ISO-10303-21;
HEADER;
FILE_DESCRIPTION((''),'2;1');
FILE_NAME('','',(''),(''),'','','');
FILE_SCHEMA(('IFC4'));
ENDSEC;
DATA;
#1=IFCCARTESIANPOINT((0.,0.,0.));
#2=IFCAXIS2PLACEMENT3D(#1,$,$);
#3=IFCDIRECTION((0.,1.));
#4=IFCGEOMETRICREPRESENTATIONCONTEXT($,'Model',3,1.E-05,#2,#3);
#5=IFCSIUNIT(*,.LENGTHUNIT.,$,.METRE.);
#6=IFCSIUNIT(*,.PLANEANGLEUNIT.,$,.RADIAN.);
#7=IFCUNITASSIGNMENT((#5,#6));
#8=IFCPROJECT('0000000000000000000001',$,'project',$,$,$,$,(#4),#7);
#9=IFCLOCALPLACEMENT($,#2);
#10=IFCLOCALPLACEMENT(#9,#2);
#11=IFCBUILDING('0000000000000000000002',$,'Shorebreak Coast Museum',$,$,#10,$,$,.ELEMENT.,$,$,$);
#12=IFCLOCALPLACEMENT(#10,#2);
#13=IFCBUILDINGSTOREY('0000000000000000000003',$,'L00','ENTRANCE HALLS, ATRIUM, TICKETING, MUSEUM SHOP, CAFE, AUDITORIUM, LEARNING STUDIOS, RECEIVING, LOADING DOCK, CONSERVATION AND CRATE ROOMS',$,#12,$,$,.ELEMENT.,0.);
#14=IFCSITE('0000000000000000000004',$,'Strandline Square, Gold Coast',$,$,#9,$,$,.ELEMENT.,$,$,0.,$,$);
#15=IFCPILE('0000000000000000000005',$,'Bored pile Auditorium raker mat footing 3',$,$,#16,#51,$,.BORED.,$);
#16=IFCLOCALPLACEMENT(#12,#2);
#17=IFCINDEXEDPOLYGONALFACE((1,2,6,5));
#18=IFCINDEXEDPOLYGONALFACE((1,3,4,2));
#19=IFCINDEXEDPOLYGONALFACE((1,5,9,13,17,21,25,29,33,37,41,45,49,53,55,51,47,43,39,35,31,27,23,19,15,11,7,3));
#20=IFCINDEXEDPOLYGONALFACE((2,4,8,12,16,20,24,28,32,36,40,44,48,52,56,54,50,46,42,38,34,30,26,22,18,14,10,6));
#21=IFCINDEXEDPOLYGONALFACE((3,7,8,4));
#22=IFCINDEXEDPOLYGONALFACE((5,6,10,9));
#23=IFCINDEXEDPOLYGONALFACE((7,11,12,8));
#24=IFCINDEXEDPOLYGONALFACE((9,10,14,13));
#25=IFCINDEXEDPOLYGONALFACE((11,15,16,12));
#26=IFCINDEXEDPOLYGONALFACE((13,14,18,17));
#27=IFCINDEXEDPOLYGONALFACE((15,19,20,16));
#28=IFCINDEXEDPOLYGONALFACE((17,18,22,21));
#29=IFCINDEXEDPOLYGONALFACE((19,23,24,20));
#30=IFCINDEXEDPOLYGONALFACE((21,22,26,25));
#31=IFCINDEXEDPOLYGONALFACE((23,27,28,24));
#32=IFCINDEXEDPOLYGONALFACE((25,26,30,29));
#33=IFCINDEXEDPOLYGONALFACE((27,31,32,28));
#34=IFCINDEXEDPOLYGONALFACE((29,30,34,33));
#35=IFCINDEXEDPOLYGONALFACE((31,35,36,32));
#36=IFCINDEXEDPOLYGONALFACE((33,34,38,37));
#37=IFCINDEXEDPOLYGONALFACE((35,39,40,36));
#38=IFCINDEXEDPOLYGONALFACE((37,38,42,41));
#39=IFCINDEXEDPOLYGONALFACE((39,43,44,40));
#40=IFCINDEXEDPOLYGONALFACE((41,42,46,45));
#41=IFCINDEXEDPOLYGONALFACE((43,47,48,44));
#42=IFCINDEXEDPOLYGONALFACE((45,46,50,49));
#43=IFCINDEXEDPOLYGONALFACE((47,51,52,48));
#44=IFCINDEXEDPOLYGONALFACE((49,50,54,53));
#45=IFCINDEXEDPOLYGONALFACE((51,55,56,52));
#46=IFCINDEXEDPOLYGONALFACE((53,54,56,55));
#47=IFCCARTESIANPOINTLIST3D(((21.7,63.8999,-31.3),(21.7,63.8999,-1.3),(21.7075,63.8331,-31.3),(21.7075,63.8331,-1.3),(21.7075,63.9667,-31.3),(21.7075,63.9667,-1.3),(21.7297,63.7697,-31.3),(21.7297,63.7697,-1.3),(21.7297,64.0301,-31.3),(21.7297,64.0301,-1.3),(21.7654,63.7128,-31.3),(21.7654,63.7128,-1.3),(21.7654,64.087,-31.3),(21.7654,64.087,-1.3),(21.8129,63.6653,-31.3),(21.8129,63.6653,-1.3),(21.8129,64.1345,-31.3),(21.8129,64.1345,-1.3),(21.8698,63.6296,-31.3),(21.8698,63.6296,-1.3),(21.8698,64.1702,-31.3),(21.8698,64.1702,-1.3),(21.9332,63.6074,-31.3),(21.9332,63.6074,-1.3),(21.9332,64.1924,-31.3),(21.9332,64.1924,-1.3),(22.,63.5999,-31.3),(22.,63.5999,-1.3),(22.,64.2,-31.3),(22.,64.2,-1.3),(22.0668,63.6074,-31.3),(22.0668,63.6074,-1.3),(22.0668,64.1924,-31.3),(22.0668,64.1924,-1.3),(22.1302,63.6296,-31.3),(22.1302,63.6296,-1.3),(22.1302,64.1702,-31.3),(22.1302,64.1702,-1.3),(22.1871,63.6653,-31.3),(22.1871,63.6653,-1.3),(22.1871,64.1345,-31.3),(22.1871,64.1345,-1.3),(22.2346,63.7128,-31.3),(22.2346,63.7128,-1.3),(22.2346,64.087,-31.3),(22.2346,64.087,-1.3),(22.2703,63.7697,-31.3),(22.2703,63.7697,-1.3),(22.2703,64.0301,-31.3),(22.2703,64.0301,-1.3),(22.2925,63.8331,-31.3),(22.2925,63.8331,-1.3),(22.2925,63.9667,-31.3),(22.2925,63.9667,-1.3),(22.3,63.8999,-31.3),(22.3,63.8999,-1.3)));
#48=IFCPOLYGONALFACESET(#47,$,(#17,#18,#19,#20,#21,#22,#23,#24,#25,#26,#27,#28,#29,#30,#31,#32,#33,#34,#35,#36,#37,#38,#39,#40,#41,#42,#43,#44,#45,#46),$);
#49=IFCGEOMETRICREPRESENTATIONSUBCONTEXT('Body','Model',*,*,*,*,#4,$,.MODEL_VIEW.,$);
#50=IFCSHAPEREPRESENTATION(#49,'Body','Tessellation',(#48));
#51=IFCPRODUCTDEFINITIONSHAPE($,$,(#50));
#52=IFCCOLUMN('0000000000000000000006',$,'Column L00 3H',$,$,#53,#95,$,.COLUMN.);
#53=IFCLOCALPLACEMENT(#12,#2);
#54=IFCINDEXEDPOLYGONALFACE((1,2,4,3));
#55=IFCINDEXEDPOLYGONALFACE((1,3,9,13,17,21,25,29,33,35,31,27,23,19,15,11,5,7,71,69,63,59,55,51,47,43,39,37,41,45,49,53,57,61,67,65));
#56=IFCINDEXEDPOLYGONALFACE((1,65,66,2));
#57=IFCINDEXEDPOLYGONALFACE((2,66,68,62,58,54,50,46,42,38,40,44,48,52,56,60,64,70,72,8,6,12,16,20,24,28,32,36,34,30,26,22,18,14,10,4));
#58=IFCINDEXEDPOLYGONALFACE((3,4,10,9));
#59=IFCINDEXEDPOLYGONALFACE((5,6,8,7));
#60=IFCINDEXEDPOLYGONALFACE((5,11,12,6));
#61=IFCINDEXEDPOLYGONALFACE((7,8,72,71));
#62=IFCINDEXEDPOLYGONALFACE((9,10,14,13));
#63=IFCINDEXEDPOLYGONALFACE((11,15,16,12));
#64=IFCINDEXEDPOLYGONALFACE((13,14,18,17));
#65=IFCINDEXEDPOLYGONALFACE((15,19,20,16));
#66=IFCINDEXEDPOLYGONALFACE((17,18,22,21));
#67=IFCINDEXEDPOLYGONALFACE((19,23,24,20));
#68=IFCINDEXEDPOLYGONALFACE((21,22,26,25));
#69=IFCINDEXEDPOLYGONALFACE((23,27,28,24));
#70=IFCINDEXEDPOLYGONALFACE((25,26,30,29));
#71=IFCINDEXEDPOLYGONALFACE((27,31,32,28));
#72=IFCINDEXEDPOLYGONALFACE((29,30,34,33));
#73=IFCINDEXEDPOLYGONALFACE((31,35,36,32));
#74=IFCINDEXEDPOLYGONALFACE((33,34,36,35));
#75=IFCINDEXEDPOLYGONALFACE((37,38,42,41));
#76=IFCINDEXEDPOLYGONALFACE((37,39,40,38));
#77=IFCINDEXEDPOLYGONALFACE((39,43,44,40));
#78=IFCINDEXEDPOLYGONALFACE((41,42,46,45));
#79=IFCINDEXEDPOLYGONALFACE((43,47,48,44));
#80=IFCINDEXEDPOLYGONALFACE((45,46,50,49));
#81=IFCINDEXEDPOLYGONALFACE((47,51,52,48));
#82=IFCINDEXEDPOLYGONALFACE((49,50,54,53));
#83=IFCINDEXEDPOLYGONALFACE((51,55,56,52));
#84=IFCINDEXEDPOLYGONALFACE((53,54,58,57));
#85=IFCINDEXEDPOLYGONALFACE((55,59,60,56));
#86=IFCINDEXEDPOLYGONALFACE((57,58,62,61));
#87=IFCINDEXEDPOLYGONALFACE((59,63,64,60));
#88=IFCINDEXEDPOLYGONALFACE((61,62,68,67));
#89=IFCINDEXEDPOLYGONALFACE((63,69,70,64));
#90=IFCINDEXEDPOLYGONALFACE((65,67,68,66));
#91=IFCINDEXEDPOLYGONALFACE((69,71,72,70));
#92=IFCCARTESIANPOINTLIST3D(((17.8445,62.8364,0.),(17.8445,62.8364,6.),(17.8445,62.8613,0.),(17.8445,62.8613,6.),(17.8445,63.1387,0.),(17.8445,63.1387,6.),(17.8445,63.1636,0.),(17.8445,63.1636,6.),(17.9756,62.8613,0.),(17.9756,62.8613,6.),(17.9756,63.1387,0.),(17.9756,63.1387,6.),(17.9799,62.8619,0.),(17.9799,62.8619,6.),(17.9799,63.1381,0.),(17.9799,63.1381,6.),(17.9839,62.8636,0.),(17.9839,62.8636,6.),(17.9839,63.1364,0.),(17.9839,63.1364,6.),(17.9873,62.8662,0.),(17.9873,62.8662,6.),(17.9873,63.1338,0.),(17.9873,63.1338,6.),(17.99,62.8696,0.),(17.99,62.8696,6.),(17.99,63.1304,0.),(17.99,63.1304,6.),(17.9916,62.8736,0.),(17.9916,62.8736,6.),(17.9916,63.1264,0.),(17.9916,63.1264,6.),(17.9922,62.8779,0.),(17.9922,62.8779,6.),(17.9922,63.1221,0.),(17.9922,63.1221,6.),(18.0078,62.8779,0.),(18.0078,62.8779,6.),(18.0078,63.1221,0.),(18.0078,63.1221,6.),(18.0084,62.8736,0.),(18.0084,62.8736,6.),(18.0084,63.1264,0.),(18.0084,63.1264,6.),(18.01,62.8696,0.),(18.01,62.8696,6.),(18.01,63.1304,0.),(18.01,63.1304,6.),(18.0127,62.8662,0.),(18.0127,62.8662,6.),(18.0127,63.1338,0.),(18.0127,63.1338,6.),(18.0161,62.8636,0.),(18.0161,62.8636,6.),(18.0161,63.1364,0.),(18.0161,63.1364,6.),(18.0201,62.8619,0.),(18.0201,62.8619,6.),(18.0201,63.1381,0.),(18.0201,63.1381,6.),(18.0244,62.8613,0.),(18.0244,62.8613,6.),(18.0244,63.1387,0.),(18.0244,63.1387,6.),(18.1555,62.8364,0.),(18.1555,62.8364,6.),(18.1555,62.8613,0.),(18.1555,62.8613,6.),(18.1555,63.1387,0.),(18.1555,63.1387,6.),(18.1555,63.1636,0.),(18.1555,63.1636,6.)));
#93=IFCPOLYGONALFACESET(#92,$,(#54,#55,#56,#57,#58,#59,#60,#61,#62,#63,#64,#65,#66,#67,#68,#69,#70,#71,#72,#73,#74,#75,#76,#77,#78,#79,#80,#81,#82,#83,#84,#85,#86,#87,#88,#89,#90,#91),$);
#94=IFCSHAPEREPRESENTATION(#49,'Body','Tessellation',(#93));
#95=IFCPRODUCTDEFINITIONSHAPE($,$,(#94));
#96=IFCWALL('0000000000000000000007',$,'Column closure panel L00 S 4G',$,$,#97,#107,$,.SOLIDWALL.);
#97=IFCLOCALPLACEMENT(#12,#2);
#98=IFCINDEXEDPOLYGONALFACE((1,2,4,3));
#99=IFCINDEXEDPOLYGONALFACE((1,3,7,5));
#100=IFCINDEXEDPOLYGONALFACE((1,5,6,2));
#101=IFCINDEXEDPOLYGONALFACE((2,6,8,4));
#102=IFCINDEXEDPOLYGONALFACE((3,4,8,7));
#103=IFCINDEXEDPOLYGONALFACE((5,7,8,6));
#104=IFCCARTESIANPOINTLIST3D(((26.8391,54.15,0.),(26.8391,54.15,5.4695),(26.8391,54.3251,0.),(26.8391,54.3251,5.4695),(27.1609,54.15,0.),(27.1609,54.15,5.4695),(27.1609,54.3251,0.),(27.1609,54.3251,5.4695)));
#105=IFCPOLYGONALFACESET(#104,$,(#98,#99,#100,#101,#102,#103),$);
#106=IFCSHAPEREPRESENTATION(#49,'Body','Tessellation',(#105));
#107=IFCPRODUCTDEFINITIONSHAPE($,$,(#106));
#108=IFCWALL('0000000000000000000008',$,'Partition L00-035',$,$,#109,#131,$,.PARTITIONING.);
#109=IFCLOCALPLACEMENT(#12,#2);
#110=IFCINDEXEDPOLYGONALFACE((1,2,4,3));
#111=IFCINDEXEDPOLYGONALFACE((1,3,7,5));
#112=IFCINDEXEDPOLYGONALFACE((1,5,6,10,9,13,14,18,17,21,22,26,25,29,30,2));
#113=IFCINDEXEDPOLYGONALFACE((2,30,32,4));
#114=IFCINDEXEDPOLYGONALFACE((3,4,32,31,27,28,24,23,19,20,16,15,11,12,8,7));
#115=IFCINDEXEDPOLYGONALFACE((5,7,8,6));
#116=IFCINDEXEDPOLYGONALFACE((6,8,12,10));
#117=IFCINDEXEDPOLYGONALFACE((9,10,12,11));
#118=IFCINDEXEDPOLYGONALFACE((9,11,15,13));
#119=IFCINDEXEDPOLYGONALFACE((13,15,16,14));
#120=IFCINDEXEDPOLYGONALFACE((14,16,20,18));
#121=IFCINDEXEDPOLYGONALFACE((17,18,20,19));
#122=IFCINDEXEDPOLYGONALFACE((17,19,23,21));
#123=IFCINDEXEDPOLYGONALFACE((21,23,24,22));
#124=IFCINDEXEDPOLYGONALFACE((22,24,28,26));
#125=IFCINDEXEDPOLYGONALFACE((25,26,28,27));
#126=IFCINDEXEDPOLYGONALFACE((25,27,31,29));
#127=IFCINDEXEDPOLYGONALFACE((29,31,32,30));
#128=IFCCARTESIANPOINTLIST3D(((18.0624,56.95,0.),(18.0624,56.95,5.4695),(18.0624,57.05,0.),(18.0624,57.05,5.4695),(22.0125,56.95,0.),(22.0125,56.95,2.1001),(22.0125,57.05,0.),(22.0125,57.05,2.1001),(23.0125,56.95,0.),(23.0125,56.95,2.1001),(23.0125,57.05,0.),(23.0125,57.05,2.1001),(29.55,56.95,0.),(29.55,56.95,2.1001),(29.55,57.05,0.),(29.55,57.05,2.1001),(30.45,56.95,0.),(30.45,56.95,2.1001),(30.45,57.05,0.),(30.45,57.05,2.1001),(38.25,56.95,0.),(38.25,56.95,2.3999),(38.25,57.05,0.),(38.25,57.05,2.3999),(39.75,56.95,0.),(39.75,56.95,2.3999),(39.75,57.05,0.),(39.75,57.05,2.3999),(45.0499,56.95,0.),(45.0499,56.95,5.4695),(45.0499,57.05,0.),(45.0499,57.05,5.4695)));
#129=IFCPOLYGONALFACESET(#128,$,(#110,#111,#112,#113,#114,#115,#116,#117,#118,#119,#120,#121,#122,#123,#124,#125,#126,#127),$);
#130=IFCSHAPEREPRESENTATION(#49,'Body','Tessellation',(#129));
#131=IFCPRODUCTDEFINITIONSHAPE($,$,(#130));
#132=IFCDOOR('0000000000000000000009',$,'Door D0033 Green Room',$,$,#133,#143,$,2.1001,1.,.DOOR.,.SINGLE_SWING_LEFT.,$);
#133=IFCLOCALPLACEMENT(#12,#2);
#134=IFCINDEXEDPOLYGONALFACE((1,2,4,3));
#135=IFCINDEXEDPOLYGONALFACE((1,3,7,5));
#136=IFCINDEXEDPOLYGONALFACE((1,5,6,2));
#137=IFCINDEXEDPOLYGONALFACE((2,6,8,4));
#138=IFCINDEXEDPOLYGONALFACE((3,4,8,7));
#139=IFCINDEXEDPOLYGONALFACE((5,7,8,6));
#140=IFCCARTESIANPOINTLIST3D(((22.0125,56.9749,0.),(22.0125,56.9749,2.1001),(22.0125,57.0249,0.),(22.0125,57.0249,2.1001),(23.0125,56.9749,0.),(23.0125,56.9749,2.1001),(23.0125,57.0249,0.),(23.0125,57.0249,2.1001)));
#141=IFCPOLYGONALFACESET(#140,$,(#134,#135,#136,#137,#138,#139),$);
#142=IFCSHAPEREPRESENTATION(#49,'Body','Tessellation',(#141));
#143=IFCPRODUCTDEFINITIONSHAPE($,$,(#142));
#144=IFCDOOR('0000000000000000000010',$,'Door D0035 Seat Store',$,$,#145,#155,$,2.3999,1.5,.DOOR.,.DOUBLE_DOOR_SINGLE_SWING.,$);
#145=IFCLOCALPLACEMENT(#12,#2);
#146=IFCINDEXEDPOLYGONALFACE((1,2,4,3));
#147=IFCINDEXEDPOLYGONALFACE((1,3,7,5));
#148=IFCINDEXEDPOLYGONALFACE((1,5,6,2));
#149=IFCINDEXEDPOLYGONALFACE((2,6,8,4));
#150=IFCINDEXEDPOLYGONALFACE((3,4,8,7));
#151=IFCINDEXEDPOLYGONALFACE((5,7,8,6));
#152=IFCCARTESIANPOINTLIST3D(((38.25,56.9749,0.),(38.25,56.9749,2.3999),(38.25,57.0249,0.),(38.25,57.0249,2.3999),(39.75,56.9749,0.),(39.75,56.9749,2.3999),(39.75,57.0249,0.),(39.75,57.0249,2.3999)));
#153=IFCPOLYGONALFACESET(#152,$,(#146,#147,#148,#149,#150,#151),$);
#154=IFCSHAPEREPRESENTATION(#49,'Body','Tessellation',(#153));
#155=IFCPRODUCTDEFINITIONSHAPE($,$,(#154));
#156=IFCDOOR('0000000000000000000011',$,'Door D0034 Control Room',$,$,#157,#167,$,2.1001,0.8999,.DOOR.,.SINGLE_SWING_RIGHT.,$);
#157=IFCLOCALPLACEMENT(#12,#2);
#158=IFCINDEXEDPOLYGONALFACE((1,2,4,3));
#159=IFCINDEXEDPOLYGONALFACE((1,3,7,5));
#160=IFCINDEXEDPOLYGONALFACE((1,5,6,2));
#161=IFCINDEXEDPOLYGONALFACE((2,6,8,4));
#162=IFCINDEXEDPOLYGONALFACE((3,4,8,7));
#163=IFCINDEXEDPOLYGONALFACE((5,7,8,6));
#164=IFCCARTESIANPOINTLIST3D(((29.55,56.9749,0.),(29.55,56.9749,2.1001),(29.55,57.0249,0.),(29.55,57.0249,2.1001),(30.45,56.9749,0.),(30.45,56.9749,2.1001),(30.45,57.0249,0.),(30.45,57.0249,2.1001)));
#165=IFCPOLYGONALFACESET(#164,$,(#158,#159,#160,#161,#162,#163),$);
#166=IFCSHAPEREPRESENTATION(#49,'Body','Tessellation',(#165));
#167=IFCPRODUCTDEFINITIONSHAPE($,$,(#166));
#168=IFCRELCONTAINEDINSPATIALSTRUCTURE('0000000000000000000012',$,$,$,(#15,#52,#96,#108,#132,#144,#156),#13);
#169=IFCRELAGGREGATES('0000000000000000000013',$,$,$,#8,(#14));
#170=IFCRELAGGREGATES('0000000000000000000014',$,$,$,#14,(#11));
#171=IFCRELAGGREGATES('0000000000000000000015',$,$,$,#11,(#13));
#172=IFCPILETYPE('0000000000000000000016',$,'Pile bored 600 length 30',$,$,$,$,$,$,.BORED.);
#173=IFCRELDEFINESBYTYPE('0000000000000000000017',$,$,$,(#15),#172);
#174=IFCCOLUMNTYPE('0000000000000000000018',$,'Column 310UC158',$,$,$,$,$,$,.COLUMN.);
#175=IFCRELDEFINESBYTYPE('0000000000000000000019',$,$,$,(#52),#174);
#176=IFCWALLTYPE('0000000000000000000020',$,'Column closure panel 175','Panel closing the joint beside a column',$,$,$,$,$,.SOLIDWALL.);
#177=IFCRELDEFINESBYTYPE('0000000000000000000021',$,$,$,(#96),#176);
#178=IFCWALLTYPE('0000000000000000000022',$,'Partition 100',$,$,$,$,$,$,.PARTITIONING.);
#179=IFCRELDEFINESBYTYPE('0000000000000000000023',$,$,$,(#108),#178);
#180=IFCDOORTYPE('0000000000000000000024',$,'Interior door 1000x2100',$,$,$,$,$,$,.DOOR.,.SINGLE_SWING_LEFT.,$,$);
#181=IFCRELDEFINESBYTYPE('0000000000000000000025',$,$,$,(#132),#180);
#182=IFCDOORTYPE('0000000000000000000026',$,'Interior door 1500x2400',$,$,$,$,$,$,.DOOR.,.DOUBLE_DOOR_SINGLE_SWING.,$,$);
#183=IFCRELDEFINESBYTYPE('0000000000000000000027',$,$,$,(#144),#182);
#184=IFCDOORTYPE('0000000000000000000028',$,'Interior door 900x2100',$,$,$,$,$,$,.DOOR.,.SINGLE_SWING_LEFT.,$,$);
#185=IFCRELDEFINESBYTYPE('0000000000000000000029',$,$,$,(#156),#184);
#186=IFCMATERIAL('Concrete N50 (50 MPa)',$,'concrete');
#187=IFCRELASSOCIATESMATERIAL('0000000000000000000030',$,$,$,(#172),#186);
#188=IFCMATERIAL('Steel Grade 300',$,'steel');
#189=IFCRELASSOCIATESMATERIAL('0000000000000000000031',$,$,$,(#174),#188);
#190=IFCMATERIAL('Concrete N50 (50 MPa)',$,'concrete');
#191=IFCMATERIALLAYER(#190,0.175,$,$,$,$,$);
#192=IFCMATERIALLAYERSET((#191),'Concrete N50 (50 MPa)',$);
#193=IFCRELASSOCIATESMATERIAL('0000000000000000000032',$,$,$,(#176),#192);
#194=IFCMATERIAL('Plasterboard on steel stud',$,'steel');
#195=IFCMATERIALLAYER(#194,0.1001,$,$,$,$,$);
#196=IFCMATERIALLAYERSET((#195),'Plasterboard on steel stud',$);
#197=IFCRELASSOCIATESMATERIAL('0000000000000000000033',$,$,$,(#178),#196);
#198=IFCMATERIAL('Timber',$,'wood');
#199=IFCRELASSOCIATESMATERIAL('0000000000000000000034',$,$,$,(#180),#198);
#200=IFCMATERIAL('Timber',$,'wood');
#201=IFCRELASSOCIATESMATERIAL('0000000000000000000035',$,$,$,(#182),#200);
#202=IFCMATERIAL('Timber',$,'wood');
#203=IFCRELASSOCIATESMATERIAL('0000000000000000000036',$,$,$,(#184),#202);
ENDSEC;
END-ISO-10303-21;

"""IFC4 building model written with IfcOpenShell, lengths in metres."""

from ifc_helpers import new_model, si_unit, direction, frame, frame_2d, origin, origin_2d, place, context, subcontext, project, spatial, rectangle, circle, i_section, extrude, material, layer, layer_set, material_profile, profile_set, type_object, element, fill, save


model = new_model("IFC4")

# Units and contexts
model_context = context("Model", 3, precision=1e-05, world=origin(), true_north=direction((0.0, 1.0)))
body_context = subcontext(model_context, "Body", "Model", "MODEL_VIEW")
ifc_project = project(units=[si_unit("LENGTHUNIT", "METRE"), si_unit("PLANEANGLEUNIT", "RADIAN")], contexts=[model_context])

# Site, building, storey
site_placement = place(None, origin())
site = spatial("IfcSite", under=ifc_project, at=site_placement, Name="Strandline Square, Gold Coast", CompositionType="ELEMENT", RefElevation=0.0)
building_placement = place(site_placement, origin())
building = spatial("IfcBuilding", under=site, at=building_placement, Name="Shorebreak Coast Museum", CompositionType="ELEMENT")
storey_placement = place(building_placement, origin())
storey = spatial("IfcBuildingStorey", under=building, at=storey_placement, Name="L00", Description="ENTRANCE HALLS, ATRIUM, TICKETING, MUSEUM SHOP, CAFE, AUDITORIUM, LEARNING STUDIOS, RECEIVING, LOADING DOCK, CONSERVATION AND CRATE ROOMS", CompositionType="ELEMENT", Elevation=0.0)

# Pile
ifc_material_1 = material(Name="Concrete N50 (50 MPa)", Category="concrete")
ifc_material_profile_1 = material_profile(ifc_material_1, circle(Radius=0.3, at=origin_2d()), Name="Pile bored 600 length 30")
ifc_profile_set_1 = profile_set([ifc_material_profile_1], Name="Concrete N50 (50 MPa)")
pile_type_1 = type_object("IfcPileType", Name="Pile bored 600 length 30", PredefinedType="BORED", material=ifc_profile_set_1)
pile_placement = place(storey_placement, frame((22.0, 63.8999, -1.3), z_axis=(0.0, 0.0, -1.0), x_axis=(1.0, 0.0, 0.0)))
element("IfcPile", 1, at=pile_placement, inside=storey, type_object=pile_type_1, Name="Bored pile Auditorium raker mat footing 3", PredefinedType="BORED", context=body_context, shape_type="SweptSolid", body=[
    extrude(circle(Radius=0.3, at=origin_2d()), origin(), (0.0, 0.0, 1.0), 30.0),
])

# Column
ifc_material_2 = material(Name="Steel Grade 300", Category="steel")
ifc_material_profile_2 = material_profile(ifc_material_2, i_section(OverallWidth=0.311, OverallDepth=0.3271, WebThickness=0.0156, FlangeThickness=0.0249, FilletRadius=0.0166, at=origin_2d()), Name="310UC158")
ifc_profile_set_2 = profile_set([ifc_material_profile_2], Name="Steel Grade 300")
column_type = type_object("IfcColumnType", Name="Column 310UC158", PredefinedType="COLUMN", material=ifc_profile_set_2)
column_placement = place(storey_placement, frame((18.0, 63.0, 0.0), z_axis=(0.0, 0.0, 1.0), x_axis=(1.0, 0.0, 0.0)))
element("IfcColumn", 2, at=column_placement, inside=storey, type_object=column_type, Name="Column L00 3H", PredefinedType="COLUMN", context=body_context, shape_type="SweptSolid", body=[
    extrude(i_section(OverallWidth=0.311, OverallDepth=0.3271, WebThickness=0.0156, FlangeThickness=0.0249, FilletRadius=0.0166, at=origin_2d()), origin(), (0.0, 0.0, 1.0), 6.0),
])

# Wall
ifc_material_3 = material(Name="Concrete N50 (50 MPa)", Category="concrete")
ifc_layer_1 = layer(ifc_material_3, 0.175)
ifc_layer_set_1 = layer_set([ifc_layer_1], Name="Concrete N50 (50 MPa)")
wall_type_1 = type_object("IfcWallType", Name="Column closure panel 175", Description="Panel closing the joint beside a column", PredefinedType="SOLIDWALL", material=ifc_layer_set_1)
wall_1_placement = place(storey_placement, frame((26.8391, 54.2375, 0.0), z_axis=(0.0, 0.0, 1.0), x_axis=(1.0, 0.0, 0.0)))
element("IfcWall", 3, at=wall_1_placement, inside=storey, type_object=wall_type_1, Name="Column closure panel L00 S 4G", PredefinedType="SOLIDWALL", context=body_context, shape_type="SweptSolid", body=[
    extrude(rectangle(XDim=0.3218, YDim=0.175, at=frame_2d((0.1609, 0.0))), origin(), (0.0, 0.0, 1.0), 5.4695),
])

# Wall, openings, doors
ifc_material_4 = material(Name="Plasterboard on steel stud", Category="steel")
ifc_layer_2 = layer(ifc_material_4, 0.1001)
ifc_layer_set_2 = layer_set([ifc_layer_2], Name="Plasterboard on steel stud")
wall_type_2 = type_object("IfcWallType", Name="Partition 100", PredefinedType="PARTITIONING", material=ifc_layer_set_2)
wall_2_placement = place(storey_placement, frame((18.0625, 57.0, 0.0), z_axis=(0.0, 0.0, 1.0), x_axis=(1.0, 0.0, 0.0)))
wall_2 = element("IfcWall", 4, at=wall_2_placement, inside=storey, type_object=wall_type_2, Name="Partition L00-035", PredefinedType="PARTITIONING", context=body_context, shape_type="SweptSolid", body=[
    extrude(rectangle(XDim=26.9875, YDim=0.1001, at=frame_2d((13.4937, 0.0))), origin(), (0.0, 0.0, 1.0), 5.4695),
])
opening_1_placement = place(wall_2_placement, frame((3.95, 0.0, 0.0)))
opening_1 = element("IfcOpeningElement", 5, at=opening_1_placement, cuts=wall_2, PredefinedType="OPENING", context=body_context, shape_type="SweptSolid", body=[
    extrude(rectangle(XDim=1.0, YDim=2.1001, at=frame_2d((0.5, 1.05))), frame((0.0, 0.0601, 0.0), z_axis=(0.0, -1.0, 0.0), x_axis=(1.0, 0.0, 0.0)), (0.0, 0.0, 1.0), 0.1201),
])
opening_2_placement = place(wall_2_placement, frame((11.4875, 0.0, 0.0)))
opening_2 = element("IfcOpeningElement", 6, at=opening_2_placement, cuts=wall_2, PredefinedType="OPENING", context=body_context, shape_type="SweptSolid", body=[
    extrude(rectangle(XDim=0.8999, YDim=2.1001, at=frame_2d((0.45, 1.05))), frame((0.0, 0.0601, 0.0), z_axis=(0.0, -1.0, 0.0), x_axis=(1.0, 0.0, 0.0)), (0.0, 0.0, 1.0), 0.1201),
])
opening_3_placement = place(wall_2_placement, frame((20.1875, 0.0, 0.0)))
opening_3 = element("IfcOpeningElement", 7, at=opening_3_placement, cuts=wall_2, PredefinedType="OPENING", context=body_context, shape_type="SweptSolid", body=[
    extrude(rectangle(XDim=1.5, YDim=2.3999, at=frame_2d((0.75, 1.2))), frame((0.0, 0.0601, 0.0), z_axis=(0.0, -1.0, 0.0), x_axis=(1.0, 0.0, 0.0)), (0.0, 0.0, 1.0), 0.1201),
])
ifc_material_5 = material(Name="Timber", Category="wood")
door_type_1 = type_object("IfcDoorType", Name="Interior door 1000x2100", OperationType="SINGLE_SWING_LEFT", PredefinedType="DOOR", material=ifc_material_5)
door_1_placement = place(opening_1_placement, origin())
door_1 = element("IfcDoor", 8, at=door_1_placement, inside=storey, type_object=door_type_1, Name="Door D0033 Green Room", OperationType="SINGLE_SWING_LEFT", OverallHeight=2.1001, OverallWidth=1.0, PredefinedType="DOOR", context=body_context, shape_type="SweptSolid", body=[
    extrude(rectangle(XDim=1.0, YDim=2.1001, at=frame_2d((0.5, 1.05))), frame((0.0, 0.0249, 0.0), z_axis=(0.0, -1.0, 0.0), x_axis=(1.0, 0.0, 0.0)), (0.0, 0.0, 1.0), 0.05),
])
fill(opening_1, door_1)
ifc_material_6 = material(Name="Timber", Category="wood")
door_type_2 = type_object("IfcDoorType", Name="Interior door 1500x2400", OperationType="DOUBLE_DOOR_SINGLE_SWING", PredefinedType="DOOR", material=ifc_material_6)
door_2_placement = place(opening_3_placement, origin())
door_2 = element("IfcDoor", 9, at=door_2_placement, inside=storey, type_object=door_type_2, Name="Door D0035 Seat Store", OperationType="DOUBLE_DOOR_SINGLE_SWING", OverallHeight=2.3999, OverallWidth=1.5, PredefinedType="DOOR", context=body_context, shape_type="SweptSolid", body=[
    extrude(rectangle(XDim=1.5, YDim=2.3999, at=frame_2d((0.75, 1.2))), frame((0.0, 0.0249, 0.0), z_axis=(0.0, -1.0, 0.0), x_axis=(1.0, 0.0, 0.0)), (0.0, 0.0, 1.0), 0.05),
])
fill(opening_3, door_2)
ifc_material_7 = material(Name="Timber", Category="wood")
door_type_3 = type_object("IfcDoorType", Name="Interior door 900x2100", OperationType="SINGLE_SWING_LEFT", PredefinedType="DOOR", material=ifc_material_7)
door_3_placement = place(opening_2_placement, origin())
door_3 = element("IfcDoor", 10, at=door_3_placement, inside=storey, type_object=door_type_3, Name="Door D0034 Control Room", OperationType="SINGLE_SWING_RIGHT", OverallHeight=2.1001, OverallWidth=0.8999, PredefinedType="DOOR", context=body_context, shape_type="SweptSolid", body=[
    extrude(rectangle(XDim=0.8999, YDim=2.1001, at=frame_2d((0.45, 1.05))), frame((0.0, 0.0249, 0.0), z_axis=(0.0, -1.0, 0.0), x_axis=(1.0, 0.0, 0.0)), (0.0, 0.0, 1.0), 0.05),
])
fill(opening_2, door_3)

save(model, "model.ifc")
